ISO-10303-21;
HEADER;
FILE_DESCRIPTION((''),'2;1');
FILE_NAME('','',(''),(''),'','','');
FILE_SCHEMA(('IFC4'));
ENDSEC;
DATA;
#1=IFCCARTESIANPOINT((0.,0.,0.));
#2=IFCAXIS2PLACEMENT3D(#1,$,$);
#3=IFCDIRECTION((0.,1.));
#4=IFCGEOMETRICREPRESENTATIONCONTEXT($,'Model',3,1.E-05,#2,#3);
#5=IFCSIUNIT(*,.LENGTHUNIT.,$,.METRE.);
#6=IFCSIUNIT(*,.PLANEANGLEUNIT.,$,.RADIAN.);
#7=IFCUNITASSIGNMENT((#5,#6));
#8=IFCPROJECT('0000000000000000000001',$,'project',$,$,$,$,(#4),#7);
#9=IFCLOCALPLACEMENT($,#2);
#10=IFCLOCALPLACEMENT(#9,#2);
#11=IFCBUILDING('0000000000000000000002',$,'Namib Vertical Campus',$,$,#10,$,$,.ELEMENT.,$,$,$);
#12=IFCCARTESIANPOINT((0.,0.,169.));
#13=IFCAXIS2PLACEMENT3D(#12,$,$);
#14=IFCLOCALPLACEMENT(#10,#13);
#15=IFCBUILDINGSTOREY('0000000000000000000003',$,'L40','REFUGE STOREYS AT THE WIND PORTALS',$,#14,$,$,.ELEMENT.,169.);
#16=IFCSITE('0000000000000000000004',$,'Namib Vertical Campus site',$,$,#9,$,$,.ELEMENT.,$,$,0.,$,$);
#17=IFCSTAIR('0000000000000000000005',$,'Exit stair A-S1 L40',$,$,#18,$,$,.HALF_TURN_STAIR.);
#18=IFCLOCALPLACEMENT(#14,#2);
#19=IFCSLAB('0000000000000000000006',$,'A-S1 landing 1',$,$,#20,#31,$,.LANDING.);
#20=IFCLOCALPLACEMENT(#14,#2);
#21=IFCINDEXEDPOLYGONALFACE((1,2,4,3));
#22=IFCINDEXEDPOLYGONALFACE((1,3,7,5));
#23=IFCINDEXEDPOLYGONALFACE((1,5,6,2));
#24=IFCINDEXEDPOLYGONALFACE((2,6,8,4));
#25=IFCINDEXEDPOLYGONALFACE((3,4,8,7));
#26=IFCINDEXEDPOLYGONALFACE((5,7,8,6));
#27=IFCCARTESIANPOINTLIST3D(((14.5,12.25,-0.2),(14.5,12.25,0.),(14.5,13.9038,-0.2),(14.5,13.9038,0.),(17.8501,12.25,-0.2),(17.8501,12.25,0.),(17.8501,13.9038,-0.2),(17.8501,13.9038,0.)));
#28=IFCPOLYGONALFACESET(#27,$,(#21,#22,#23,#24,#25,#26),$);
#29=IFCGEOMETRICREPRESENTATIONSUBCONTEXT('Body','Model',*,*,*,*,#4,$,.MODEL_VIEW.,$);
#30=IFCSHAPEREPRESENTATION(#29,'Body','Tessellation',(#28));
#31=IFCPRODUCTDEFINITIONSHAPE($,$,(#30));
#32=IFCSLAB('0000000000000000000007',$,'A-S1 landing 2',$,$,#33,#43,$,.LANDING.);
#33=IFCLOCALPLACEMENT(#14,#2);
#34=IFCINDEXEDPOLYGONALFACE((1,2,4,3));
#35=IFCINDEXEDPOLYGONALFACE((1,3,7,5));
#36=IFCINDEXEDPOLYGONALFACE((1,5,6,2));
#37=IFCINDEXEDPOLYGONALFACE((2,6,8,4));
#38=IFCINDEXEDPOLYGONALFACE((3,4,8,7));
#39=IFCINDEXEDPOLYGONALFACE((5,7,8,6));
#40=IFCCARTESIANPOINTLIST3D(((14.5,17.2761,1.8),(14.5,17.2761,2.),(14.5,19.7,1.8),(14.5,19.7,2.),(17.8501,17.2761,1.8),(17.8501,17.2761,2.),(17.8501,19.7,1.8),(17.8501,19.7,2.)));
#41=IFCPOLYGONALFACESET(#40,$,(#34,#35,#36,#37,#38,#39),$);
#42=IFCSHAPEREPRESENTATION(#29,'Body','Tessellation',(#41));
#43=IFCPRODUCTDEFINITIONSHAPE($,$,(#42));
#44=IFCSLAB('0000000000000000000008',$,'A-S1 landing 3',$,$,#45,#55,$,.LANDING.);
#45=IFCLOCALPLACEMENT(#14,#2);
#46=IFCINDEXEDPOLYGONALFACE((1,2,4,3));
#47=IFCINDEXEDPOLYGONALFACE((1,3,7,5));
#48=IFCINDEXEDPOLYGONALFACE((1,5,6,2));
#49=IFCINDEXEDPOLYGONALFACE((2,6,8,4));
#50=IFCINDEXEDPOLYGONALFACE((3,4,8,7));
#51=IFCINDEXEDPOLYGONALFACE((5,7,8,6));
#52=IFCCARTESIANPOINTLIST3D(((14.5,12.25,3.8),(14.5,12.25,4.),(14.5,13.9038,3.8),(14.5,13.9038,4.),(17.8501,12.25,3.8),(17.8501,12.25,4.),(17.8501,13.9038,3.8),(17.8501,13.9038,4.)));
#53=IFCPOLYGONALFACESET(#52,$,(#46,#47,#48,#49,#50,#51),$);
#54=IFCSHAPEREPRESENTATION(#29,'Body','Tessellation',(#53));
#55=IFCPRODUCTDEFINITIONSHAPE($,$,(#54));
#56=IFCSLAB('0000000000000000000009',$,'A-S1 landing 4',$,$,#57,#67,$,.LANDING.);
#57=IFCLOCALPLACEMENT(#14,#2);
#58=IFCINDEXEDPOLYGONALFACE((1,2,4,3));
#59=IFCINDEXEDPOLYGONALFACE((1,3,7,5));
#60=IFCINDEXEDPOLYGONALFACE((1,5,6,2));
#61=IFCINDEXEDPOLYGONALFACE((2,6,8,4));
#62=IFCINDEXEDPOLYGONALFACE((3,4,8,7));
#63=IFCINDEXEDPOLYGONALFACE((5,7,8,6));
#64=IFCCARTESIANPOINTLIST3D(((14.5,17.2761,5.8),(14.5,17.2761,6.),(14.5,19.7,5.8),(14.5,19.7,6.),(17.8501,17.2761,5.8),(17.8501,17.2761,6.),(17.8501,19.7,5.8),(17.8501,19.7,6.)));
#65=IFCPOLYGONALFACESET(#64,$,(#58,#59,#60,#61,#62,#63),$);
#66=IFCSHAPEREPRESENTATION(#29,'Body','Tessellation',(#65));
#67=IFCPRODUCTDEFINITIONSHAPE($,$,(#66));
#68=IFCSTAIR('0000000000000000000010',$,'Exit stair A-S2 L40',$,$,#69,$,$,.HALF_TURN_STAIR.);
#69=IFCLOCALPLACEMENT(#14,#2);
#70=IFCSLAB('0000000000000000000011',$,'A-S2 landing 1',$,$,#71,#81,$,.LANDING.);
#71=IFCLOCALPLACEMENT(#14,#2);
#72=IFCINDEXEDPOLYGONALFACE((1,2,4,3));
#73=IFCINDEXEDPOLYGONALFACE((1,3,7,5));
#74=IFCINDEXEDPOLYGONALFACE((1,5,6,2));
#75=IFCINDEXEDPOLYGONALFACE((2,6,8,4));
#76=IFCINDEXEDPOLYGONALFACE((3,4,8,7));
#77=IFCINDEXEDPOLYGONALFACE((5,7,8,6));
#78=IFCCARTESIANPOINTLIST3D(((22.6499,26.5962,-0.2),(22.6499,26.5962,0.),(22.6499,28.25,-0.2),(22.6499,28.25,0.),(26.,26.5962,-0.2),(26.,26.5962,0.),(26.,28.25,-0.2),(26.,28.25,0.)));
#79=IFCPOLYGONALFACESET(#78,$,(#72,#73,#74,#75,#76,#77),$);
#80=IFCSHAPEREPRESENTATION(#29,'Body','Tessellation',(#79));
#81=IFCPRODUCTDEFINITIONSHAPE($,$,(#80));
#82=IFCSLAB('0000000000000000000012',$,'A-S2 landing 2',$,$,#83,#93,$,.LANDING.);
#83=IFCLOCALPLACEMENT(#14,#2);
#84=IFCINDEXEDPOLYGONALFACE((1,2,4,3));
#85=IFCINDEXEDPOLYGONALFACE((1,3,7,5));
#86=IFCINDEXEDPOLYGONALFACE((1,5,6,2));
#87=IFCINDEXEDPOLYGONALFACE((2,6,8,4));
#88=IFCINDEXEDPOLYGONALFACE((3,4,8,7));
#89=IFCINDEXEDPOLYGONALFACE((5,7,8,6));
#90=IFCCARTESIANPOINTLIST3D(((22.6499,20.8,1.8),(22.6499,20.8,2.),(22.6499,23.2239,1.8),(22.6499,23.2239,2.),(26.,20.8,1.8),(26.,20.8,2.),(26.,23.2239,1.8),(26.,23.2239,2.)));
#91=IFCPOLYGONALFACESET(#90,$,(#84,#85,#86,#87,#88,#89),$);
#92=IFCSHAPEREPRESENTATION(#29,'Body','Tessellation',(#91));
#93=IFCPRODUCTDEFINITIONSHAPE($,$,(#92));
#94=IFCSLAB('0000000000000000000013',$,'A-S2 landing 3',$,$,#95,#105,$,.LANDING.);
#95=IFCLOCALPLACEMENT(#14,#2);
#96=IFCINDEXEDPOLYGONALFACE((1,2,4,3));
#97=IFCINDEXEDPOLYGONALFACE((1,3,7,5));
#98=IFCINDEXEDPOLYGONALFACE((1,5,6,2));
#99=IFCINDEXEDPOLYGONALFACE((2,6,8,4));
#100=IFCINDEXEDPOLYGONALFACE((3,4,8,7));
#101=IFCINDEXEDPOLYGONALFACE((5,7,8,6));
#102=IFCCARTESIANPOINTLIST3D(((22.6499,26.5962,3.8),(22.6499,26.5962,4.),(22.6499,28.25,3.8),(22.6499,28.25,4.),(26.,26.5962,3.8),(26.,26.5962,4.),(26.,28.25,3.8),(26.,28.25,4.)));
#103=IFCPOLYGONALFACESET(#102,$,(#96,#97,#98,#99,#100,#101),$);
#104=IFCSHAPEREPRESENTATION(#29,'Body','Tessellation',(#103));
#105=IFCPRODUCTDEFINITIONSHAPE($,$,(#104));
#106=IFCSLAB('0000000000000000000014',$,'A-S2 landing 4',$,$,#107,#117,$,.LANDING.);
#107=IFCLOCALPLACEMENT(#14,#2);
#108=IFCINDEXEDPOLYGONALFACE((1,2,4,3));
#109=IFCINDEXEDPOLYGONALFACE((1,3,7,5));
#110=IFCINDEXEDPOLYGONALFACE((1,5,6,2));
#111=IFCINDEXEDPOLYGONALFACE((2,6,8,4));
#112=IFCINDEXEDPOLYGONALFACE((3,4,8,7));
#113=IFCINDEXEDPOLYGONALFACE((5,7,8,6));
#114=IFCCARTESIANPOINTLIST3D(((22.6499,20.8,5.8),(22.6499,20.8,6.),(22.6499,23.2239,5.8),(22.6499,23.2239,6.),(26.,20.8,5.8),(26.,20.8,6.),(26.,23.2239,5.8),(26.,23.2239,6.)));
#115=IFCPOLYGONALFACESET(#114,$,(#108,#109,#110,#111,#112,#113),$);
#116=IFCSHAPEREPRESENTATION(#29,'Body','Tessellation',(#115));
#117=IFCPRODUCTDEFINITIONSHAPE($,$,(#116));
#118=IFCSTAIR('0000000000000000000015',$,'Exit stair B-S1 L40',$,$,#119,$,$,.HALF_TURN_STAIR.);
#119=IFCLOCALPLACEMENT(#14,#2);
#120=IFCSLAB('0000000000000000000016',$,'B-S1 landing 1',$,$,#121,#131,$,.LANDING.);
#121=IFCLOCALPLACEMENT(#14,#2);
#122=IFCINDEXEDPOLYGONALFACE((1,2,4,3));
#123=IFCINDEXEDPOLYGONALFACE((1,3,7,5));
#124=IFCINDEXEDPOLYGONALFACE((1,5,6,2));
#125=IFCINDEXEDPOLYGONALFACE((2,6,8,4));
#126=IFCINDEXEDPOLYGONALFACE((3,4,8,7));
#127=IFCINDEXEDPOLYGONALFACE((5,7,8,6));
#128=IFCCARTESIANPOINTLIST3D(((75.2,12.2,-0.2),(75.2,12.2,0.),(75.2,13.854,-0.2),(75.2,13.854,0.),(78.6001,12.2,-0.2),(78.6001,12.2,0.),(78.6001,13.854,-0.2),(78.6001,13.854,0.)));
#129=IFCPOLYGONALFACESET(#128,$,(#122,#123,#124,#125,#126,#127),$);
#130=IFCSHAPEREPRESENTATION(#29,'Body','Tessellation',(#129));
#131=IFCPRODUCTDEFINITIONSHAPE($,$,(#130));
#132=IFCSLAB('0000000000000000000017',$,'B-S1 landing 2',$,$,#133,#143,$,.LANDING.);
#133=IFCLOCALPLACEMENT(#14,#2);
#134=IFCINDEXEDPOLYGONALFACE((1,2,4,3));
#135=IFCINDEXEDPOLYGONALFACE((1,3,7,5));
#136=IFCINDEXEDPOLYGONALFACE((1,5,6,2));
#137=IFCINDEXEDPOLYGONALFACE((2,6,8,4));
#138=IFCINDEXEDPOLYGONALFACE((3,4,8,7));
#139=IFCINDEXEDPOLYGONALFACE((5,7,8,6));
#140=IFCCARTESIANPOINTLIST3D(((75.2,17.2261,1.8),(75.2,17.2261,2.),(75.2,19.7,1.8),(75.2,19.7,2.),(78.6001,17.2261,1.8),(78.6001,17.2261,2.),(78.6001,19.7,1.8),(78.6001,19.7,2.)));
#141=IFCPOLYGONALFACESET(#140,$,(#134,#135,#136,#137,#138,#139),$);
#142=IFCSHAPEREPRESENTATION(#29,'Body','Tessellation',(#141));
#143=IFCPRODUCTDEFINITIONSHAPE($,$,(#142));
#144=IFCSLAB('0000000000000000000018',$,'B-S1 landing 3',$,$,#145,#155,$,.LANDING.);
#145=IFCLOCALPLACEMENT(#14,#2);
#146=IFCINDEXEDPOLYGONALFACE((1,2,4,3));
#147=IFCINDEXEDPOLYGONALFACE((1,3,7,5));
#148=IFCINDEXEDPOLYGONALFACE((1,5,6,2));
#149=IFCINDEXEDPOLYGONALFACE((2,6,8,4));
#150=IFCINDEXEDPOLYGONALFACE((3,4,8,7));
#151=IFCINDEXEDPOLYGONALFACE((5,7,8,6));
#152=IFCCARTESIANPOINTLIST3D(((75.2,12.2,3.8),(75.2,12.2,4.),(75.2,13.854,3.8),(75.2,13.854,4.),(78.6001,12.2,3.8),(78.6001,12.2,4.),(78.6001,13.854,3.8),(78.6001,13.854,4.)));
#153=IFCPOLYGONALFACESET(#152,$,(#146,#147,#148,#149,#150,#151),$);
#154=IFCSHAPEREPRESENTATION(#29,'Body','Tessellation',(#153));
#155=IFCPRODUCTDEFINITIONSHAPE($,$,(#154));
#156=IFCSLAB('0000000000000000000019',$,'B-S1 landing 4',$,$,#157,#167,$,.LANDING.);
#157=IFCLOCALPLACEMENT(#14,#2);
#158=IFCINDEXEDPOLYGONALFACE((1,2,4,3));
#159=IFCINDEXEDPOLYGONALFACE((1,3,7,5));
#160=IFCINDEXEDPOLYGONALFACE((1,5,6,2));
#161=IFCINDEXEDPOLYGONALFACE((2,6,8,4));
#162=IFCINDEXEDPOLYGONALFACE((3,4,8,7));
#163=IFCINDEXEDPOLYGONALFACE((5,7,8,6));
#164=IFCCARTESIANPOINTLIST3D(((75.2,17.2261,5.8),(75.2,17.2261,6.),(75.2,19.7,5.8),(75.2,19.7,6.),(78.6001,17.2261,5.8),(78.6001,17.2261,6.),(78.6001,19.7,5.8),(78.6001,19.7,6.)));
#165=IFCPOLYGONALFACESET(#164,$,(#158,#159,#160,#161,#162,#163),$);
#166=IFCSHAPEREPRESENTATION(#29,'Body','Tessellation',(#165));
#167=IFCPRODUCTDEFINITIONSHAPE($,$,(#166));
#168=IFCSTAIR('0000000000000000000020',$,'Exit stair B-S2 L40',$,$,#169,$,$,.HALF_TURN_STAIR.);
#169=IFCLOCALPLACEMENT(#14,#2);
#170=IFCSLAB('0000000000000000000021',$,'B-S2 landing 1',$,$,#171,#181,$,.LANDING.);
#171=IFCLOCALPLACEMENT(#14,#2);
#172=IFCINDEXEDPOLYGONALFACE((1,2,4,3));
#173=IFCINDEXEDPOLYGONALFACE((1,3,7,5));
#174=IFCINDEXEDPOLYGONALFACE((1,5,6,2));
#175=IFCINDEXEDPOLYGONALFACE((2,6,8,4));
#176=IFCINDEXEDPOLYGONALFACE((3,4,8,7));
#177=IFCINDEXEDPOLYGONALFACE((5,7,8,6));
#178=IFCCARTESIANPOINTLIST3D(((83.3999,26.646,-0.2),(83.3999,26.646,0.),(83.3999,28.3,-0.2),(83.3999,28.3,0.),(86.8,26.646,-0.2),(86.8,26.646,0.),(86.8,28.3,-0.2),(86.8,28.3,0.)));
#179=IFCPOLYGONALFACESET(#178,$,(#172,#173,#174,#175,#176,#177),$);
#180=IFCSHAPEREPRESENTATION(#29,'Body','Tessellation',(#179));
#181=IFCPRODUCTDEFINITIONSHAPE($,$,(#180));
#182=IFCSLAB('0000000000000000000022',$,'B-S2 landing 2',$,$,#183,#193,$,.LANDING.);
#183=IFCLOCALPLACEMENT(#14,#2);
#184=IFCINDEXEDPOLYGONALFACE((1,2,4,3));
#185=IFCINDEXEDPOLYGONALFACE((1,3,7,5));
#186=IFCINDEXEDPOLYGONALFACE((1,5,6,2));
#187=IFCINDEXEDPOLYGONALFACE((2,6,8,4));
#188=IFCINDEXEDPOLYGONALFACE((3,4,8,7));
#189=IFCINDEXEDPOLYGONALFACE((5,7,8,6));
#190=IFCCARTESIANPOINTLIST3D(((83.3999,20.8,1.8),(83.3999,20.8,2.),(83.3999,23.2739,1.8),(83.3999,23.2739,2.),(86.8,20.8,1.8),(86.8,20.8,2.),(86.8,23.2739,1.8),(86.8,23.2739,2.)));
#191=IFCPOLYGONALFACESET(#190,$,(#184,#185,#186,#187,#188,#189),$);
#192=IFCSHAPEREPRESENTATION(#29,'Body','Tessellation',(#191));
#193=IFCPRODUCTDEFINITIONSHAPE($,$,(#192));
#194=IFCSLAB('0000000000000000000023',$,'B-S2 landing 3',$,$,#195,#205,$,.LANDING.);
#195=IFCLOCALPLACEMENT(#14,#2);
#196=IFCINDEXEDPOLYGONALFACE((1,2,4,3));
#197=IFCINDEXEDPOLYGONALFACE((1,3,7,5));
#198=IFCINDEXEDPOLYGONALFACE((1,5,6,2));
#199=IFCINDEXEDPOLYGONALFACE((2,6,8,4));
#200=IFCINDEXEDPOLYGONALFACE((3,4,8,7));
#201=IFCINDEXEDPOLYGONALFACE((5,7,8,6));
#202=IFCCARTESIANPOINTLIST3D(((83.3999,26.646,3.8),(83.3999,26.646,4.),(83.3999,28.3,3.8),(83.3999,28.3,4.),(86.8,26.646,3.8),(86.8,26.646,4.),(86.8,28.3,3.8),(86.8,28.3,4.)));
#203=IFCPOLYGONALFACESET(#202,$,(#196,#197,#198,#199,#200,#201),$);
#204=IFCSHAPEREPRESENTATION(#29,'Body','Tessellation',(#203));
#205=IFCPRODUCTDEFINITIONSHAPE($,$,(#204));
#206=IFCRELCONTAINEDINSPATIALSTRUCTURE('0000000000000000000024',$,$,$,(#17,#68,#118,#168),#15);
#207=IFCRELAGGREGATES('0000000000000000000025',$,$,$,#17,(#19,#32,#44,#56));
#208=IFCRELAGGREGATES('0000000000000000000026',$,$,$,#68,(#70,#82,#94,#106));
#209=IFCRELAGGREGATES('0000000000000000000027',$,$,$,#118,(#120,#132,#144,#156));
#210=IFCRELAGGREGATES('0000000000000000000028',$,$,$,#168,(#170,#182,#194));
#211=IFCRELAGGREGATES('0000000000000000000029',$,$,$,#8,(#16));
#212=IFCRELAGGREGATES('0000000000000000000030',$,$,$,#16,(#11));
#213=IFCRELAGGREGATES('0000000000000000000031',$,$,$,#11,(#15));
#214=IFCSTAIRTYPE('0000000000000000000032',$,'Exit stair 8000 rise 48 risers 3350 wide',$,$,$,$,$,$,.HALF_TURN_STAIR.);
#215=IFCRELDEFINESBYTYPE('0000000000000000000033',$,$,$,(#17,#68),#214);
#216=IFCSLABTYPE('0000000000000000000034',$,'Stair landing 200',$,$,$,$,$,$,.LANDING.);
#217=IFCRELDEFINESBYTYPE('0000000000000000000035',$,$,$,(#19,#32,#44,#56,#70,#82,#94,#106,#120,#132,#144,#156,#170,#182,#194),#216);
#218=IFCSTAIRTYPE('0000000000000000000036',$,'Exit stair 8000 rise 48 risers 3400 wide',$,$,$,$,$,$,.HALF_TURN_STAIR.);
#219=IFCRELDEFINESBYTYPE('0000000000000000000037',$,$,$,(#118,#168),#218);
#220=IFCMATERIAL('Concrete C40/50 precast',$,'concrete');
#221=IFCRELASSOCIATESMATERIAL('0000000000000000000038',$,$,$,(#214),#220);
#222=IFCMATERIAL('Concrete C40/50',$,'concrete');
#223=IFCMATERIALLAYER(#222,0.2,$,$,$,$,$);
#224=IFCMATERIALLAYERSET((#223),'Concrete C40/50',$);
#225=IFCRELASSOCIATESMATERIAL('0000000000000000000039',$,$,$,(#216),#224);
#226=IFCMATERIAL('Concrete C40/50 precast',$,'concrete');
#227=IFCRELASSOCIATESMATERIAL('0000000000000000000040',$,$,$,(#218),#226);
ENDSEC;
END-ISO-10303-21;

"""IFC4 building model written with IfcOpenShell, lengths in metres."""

from ifc_helpers import new_model, si_unit, direction, frame, origin, place, context, subcontext, project, spatial, polyline, outline, extrude, material, layer, layer_set, type_object, element, aggregate, save


model = new_model("IFC4")

# Units and contexts
model_context = context("Model", 3, precision=1e-05, world=origin(), true_north=direction((0.0, 1.0)))
body_context = subcontext(model_context, "Body", "Model", "MODEL_VIEW")
ifc_project = project(units=[si_unit("LENGTHUNIT", "METRE"), si_unit("PLANEANGLEUNIT", "RADIAN")], contexts=[model_context])

# Site, building, storey
site_placement = place(None, origin())
site = spatial("IfcSite", under=ifc_project, at=site_placement, Name="Namib Vertical Campus site", CompositionType="ELEMENT", RefElevation=0.0)
building_placement = place(site_placement, origin())
building = spatial("IfcBuilding", under=site, at=building_placement, Name="Namib Vertical Campus", CompositionType="ELEMENT")
storey_placement = place(building_placement, frame((0.0, 0.0, 169.0)))
storey = spatial("IfcBuildingStorey", under=building, at=storey_placement, Name="L40", Description="REFUGE STOREYS AT THE WIND PORTALS", CompositionType="ELEMENT", Elevation=169.0)

# Stairs, slabs
ifc_material_1 = material(Name="Concrete C40/50 precast", Category="concrete")
stair_type_1 = type_object("IfcStairType", Name="Exit stair 8000 rise 48 risers 3350 wide", PredefinedType="HALF_TURN_STAIR", material=ifc_material_1)
stair_1_placement = place(storey_placement, origin())
stair_1 = element("IfcStair", 1, at=stair_1_placement, inside=storey, type_object=stair_type_1, Name="Exit stair A-S1 L40", PredefinedType="HALF_TURN_STAIR")
ifc_material_2 = material(Name="Concrete C40/50", Category="concrete")
ifc_layer_1 = layer(ifc_material_2, 0.2)
ifc_layer_set_1 = layer_set([ifc_layer_1], Name="Concrete C40/50")
slab_type_1 = type_object("IfcSlabType", Name="Stair landing 200", PredefinedType="LANDING", material=ifc_layer_set_1)
slab_1_placement = place(storey_placement, frame((0.0, 0.0, -0.2)))
slab_1 = element("IfcSlab", 2, at=slab_1_placement, type_object=slab_type_1, Name="A-S1 landing 1", PredefinedType="LANDING", context=body_context, shape_type="SweptSolid", body=[
    extrude(outline(polyline([(14.5, 12.25), (17.8501, 12.25), (17.8501, 13.9038), (14.5, 13.9038), (14.5, 12.25)])), origin(), (0.0, 0.0, 1.0), 0.2),
])
slab_2_placement = place(storey_placement, frame((0.0, 0.0, 1.8)))
slab_2 = element("IfcSlab", 3, at=slab_2_placement, type_object=slab_type_1, Name="A-S1 landing 2", PredefinedType="LANDING", context=body_context, shape_type="SweptSolid", body=[
    extrude(outline(polyline([(14.5, 17.2761), (17.8501, 17.2761), (17.8501, 19.7), (14.5, 19.7), (14.5, 17.2761)])), origin(), (0.0, 0.0, 1.0), 0.2),
])
slab_3_placement = place(storey_placement, frame((0.0, 0.0, 3.8)))
slab_3 = element("IfcSlab", 4, at=slab_3_placement, type_object=slab_type_1, Name="A-S1 landing 3", PredefinedType="LANDING", context=body_context, shape_type="SweptSolid", body=[
    extrude(outline(polyline([(14.5, 12.25), (17.8501, 12.25), (17.8501, 13.9038), (14.5, 13.9038), (14.5, 12.25)])), origin(), (0.0, 0.0, 1.0), 0.2),
])
slab_4_placement = place(storey_placement, frame((0.0, 0.0, 5.8)))
slab_4 = element("IfcSlab", 5, at=slab_4_placement, type_object=slab_type_1, Name="A-S1 landing 4", PredefinedType="LANDING", context=body_context, shape_type="SweptSolid", body=[
    extrude(outline(polyline([(14.5, 17.2761), (17.8501, 17.2761), (17.8501, 19.7), (14.5, 19.7), (14.5, 17.2761)])), origin(), (0.0, 0.0, 1.0), 0.2),
])
aggregate(stair_1, [slab_1, slab_2, slab_3, slab_4])
stair_2_placement = place(storey_placement, origin())
stair_2 = element("IfcStair", 6, at=stair_2_placement, inside=storey, type_object=stair_type_1, Name="Exit stair A-S2 L40", PredefinedType="HALF_TURN_STAIR")
slab_5_placement = place(storey_placement, frame((0.0, 0.0, -0.2)))
slab_5 = element("IfcSlab", 7, at=slab_5_placement, type_object=slab_type_1, Name="A-S2 landing 1", PredefinedType="LANDING", context=body_context, shape_type="SweptSolid", body=[
    extrude(outline(polyline([(22.6499, 26.5962), (26.0, 26.5962), (26.0, 28.25), (22.6499, 28.25), (22.6499, 26.5962)])), origin(), (0.0, 0.0, 1.0), 0.2),
])
slab_6_placement = place(storey_placement, frame((0.0, 0.0, 1.8)))
slab_6 = element("IfcSlab", 8, at=slab_6_placement, type_object=slab_type_1, Name="A-S2 landing 2", PredefinedType="LANDING", context=body_context, shape_type="SweptSolid", body=[
    extrude(outline(polyline([(22.6499, 20.8), (26.0, 20.8), (26.0, 23.2239), (22.6499, 23.2239), (22.6499, 20.8)])), origin(), (0.0, 0.0, 1.0), 0.2),
])
slab_7_placement = place(storey_placement, frame((0.0, 0.0, 3.8)))
slab_7 = element("IfcSlab", 9, at=slab_7_placement, type_object=slab_type_1, Name="A-S2 landing 3", PredefinedType="LANDING", context=body_context, shape_type="SweptSolid", body=[
    extrude(outline(polyline([(22.6499, 26.5962), (26.0, 26.5962), (26.0, 28.25), (22.6499, 28.25), (22.6499, 26.5962)])), origin(), (0.0, 0.0, 1.0), 0.2),
])
slab_8_placement = place(storey_placement, frame((0.0, 0.0, 5.8)))
slab_8 = element("IfcSlab", 10, at=slab_8_placement, type_object=slab_type_1, Name="A-S2 landing 4", PredefinedType="LANDING", context=body_context, shape_type="SweptSolid", body=[
    extrude(outline(polyline([(22.6499, 20.8), (26.0, 20.8), (26.0, 23.2239), (22.6499, 23.2239), (22.6499, 20.8)])), origin(), (0.0, 0.0, 1.0), 0.2),
])
aggregate(stair_2, [slab_5, slab_6, slab_7, slab_8])
ifc_material_3 = material(Name="Concrete C40/50 precast", Category="concrete")
stair_type_2 = type_object("IfcStairType", Name="Exit stair 8000 rise 48 risers 3400 wide", PredefinedType="HALF_TURN_STAIR", material=ifc_material_3)
stair_3_placement = place(storey_placement, origin())
stair_3 = element("IfcStair", 11, at=stair_3_placement, inside=storey, type_object=stair_type_2, Name="Exit stair B-S1 L40", PredefinedType="HALF_TURN_STAIR")
slab_9_placement = place(storey_placement, frame((0.0, 0.0, -0.2)))
slab_9 = element("IfcSlab", 12, at=slab_9_placement, type_object=slab_type_1, Name="B-S1 landing 1", PredefinedType="LANDING", context=body_context, shape_type="SweptSolid", body=[
    extrude(outline(polyline([(75.2, 12.2), (78.6001, 12.2), (78.6001, 13.854), (75.2, 13.854), (75.2, 12.2)])), origin(), (0.0, 0.0, 1.0), 0.2),
])
slab_10_placement = place(storey_placement, frame((0.0, 0.0, 1.8)))
slab_10 = element("IfcSlab", 13, at=slab_10_placement, type_object=slab_type_1, Name="B-S1 landing 2", PredefinedType="LANDING", context=body_context, shape_type="SweptSolid", body=[
    extrude(outline(polyline([(75.2, 17.2261), (78.6001, 17.2261), (78.6001, 19.7), (75.2, 19.7), (75.2, 17.2261)])), origin(), (0.0, 0.0, 1.0), 0.2),
])
slab_11_placement = place(storey_placement, frame((0.0, 0.0, 3.8)))
slab_11 = element("IfcSlab", 14, at=slab_11_placement, type_object=slab_type_1, Name="B-S1 landing 3", PredefinedType="LANDING", context=body_context, shape_type="SweptSolid", body=[
    extrude(outline(polyline([(75.2, 12.2), (78.6001, 12.2), (78.6001, 13.854), (75.2, 13.854), (75.2, 12.2)])), origin(), (0.0, 0.0, 1.0), 0.2),
])
slab_12_placement = place(storey_placement, frame((0.0, 0.0, 5.8)))
slab_12 = element("IfcSlab", 15, at=slab_12_placement, type_object=slab_type_1, Name="B-S1 landing 4", PredefinedType="LANDING", context=body_context, shape_type="SweptSolid", body=[
    extrude(outline(polyline([(75.2, 17.2261), (78.6001, 17.2261), (78.6001, 19.7), (75.2, 19.7), (75.2, 17.2261)])), origin(), (0.0, 0.0, 1.0), 0.2),
])
aggregate(stair_3, [slab_9, slab_10, slab_11, slab_12])
stair_4_placement = place(storey_placement, origin())
stair_4 = element("IfcStair", 16, at=stair_4_placement, inside=storey, type_object=stair_type_2, Name="Exit stair B-S2 L40", PredefinedType="HALF_TURN_STAIR")
slab_13_placement = place(storey_placement, frame((0.0, 0.0, -0.2)))
slab_13 = element("IfcSlab", 17, at=slab_13_placement, type_object=slab_type_1, Name="B-S2 landing 1", PredefinedType="LANDING", context=body_context, shape_type="SweptSolid", body=[
    extrude(outline(polyline([(83.3999, 26.646), (86.8, 26.646), (86.8, 28.3), (83.3999, 28.3), (83.3999, 26.646)])), origin(), (0.0, 0.0, 1.0), 0.2),
])
slab_14_placement = place(storey_placement, frame((0.0, 0.0, 1.8)))
slab_14 = element("IfcSlab", 18, at=slab_14_placement, type_object=slab_type_1, Name="B-S2 landing 2", PredefinedType="LANDING", context=body_context, shape_type="SweptSolid", body=[
    extrude(outline(polyline([(83.3999, 20.8), (86.8, 20.8), (86.8, 23.2739), (83.3999, 23.2739), (83.3999, 20.8)])), origin(), (0.0, 0.0, 1.0), 0.2),
])
slab_15_placement = place(storey_placement, frame((0.0, 0.0, 3.8)))
slab_15 = element("IfcSlab", 19, at=slab_15_placement, type_object=slab_type_1, Name="B-S2 landing 3", PredefinedType="LANDING", context=body_context, shape_type="SweptSolid", body=[
    extrude(outline(polyline([(83.3999, 26.646), (86.8, 26.646), (86.8, 28.3), (83.3999, 28.3), (83.3999, 26.646)])), origin(), (0.0, 0.0, 1.0), 0.2),
])
aggregate(stair_4, [slab_13, slab_14, slab_15])

save(model, "model.ifc")
